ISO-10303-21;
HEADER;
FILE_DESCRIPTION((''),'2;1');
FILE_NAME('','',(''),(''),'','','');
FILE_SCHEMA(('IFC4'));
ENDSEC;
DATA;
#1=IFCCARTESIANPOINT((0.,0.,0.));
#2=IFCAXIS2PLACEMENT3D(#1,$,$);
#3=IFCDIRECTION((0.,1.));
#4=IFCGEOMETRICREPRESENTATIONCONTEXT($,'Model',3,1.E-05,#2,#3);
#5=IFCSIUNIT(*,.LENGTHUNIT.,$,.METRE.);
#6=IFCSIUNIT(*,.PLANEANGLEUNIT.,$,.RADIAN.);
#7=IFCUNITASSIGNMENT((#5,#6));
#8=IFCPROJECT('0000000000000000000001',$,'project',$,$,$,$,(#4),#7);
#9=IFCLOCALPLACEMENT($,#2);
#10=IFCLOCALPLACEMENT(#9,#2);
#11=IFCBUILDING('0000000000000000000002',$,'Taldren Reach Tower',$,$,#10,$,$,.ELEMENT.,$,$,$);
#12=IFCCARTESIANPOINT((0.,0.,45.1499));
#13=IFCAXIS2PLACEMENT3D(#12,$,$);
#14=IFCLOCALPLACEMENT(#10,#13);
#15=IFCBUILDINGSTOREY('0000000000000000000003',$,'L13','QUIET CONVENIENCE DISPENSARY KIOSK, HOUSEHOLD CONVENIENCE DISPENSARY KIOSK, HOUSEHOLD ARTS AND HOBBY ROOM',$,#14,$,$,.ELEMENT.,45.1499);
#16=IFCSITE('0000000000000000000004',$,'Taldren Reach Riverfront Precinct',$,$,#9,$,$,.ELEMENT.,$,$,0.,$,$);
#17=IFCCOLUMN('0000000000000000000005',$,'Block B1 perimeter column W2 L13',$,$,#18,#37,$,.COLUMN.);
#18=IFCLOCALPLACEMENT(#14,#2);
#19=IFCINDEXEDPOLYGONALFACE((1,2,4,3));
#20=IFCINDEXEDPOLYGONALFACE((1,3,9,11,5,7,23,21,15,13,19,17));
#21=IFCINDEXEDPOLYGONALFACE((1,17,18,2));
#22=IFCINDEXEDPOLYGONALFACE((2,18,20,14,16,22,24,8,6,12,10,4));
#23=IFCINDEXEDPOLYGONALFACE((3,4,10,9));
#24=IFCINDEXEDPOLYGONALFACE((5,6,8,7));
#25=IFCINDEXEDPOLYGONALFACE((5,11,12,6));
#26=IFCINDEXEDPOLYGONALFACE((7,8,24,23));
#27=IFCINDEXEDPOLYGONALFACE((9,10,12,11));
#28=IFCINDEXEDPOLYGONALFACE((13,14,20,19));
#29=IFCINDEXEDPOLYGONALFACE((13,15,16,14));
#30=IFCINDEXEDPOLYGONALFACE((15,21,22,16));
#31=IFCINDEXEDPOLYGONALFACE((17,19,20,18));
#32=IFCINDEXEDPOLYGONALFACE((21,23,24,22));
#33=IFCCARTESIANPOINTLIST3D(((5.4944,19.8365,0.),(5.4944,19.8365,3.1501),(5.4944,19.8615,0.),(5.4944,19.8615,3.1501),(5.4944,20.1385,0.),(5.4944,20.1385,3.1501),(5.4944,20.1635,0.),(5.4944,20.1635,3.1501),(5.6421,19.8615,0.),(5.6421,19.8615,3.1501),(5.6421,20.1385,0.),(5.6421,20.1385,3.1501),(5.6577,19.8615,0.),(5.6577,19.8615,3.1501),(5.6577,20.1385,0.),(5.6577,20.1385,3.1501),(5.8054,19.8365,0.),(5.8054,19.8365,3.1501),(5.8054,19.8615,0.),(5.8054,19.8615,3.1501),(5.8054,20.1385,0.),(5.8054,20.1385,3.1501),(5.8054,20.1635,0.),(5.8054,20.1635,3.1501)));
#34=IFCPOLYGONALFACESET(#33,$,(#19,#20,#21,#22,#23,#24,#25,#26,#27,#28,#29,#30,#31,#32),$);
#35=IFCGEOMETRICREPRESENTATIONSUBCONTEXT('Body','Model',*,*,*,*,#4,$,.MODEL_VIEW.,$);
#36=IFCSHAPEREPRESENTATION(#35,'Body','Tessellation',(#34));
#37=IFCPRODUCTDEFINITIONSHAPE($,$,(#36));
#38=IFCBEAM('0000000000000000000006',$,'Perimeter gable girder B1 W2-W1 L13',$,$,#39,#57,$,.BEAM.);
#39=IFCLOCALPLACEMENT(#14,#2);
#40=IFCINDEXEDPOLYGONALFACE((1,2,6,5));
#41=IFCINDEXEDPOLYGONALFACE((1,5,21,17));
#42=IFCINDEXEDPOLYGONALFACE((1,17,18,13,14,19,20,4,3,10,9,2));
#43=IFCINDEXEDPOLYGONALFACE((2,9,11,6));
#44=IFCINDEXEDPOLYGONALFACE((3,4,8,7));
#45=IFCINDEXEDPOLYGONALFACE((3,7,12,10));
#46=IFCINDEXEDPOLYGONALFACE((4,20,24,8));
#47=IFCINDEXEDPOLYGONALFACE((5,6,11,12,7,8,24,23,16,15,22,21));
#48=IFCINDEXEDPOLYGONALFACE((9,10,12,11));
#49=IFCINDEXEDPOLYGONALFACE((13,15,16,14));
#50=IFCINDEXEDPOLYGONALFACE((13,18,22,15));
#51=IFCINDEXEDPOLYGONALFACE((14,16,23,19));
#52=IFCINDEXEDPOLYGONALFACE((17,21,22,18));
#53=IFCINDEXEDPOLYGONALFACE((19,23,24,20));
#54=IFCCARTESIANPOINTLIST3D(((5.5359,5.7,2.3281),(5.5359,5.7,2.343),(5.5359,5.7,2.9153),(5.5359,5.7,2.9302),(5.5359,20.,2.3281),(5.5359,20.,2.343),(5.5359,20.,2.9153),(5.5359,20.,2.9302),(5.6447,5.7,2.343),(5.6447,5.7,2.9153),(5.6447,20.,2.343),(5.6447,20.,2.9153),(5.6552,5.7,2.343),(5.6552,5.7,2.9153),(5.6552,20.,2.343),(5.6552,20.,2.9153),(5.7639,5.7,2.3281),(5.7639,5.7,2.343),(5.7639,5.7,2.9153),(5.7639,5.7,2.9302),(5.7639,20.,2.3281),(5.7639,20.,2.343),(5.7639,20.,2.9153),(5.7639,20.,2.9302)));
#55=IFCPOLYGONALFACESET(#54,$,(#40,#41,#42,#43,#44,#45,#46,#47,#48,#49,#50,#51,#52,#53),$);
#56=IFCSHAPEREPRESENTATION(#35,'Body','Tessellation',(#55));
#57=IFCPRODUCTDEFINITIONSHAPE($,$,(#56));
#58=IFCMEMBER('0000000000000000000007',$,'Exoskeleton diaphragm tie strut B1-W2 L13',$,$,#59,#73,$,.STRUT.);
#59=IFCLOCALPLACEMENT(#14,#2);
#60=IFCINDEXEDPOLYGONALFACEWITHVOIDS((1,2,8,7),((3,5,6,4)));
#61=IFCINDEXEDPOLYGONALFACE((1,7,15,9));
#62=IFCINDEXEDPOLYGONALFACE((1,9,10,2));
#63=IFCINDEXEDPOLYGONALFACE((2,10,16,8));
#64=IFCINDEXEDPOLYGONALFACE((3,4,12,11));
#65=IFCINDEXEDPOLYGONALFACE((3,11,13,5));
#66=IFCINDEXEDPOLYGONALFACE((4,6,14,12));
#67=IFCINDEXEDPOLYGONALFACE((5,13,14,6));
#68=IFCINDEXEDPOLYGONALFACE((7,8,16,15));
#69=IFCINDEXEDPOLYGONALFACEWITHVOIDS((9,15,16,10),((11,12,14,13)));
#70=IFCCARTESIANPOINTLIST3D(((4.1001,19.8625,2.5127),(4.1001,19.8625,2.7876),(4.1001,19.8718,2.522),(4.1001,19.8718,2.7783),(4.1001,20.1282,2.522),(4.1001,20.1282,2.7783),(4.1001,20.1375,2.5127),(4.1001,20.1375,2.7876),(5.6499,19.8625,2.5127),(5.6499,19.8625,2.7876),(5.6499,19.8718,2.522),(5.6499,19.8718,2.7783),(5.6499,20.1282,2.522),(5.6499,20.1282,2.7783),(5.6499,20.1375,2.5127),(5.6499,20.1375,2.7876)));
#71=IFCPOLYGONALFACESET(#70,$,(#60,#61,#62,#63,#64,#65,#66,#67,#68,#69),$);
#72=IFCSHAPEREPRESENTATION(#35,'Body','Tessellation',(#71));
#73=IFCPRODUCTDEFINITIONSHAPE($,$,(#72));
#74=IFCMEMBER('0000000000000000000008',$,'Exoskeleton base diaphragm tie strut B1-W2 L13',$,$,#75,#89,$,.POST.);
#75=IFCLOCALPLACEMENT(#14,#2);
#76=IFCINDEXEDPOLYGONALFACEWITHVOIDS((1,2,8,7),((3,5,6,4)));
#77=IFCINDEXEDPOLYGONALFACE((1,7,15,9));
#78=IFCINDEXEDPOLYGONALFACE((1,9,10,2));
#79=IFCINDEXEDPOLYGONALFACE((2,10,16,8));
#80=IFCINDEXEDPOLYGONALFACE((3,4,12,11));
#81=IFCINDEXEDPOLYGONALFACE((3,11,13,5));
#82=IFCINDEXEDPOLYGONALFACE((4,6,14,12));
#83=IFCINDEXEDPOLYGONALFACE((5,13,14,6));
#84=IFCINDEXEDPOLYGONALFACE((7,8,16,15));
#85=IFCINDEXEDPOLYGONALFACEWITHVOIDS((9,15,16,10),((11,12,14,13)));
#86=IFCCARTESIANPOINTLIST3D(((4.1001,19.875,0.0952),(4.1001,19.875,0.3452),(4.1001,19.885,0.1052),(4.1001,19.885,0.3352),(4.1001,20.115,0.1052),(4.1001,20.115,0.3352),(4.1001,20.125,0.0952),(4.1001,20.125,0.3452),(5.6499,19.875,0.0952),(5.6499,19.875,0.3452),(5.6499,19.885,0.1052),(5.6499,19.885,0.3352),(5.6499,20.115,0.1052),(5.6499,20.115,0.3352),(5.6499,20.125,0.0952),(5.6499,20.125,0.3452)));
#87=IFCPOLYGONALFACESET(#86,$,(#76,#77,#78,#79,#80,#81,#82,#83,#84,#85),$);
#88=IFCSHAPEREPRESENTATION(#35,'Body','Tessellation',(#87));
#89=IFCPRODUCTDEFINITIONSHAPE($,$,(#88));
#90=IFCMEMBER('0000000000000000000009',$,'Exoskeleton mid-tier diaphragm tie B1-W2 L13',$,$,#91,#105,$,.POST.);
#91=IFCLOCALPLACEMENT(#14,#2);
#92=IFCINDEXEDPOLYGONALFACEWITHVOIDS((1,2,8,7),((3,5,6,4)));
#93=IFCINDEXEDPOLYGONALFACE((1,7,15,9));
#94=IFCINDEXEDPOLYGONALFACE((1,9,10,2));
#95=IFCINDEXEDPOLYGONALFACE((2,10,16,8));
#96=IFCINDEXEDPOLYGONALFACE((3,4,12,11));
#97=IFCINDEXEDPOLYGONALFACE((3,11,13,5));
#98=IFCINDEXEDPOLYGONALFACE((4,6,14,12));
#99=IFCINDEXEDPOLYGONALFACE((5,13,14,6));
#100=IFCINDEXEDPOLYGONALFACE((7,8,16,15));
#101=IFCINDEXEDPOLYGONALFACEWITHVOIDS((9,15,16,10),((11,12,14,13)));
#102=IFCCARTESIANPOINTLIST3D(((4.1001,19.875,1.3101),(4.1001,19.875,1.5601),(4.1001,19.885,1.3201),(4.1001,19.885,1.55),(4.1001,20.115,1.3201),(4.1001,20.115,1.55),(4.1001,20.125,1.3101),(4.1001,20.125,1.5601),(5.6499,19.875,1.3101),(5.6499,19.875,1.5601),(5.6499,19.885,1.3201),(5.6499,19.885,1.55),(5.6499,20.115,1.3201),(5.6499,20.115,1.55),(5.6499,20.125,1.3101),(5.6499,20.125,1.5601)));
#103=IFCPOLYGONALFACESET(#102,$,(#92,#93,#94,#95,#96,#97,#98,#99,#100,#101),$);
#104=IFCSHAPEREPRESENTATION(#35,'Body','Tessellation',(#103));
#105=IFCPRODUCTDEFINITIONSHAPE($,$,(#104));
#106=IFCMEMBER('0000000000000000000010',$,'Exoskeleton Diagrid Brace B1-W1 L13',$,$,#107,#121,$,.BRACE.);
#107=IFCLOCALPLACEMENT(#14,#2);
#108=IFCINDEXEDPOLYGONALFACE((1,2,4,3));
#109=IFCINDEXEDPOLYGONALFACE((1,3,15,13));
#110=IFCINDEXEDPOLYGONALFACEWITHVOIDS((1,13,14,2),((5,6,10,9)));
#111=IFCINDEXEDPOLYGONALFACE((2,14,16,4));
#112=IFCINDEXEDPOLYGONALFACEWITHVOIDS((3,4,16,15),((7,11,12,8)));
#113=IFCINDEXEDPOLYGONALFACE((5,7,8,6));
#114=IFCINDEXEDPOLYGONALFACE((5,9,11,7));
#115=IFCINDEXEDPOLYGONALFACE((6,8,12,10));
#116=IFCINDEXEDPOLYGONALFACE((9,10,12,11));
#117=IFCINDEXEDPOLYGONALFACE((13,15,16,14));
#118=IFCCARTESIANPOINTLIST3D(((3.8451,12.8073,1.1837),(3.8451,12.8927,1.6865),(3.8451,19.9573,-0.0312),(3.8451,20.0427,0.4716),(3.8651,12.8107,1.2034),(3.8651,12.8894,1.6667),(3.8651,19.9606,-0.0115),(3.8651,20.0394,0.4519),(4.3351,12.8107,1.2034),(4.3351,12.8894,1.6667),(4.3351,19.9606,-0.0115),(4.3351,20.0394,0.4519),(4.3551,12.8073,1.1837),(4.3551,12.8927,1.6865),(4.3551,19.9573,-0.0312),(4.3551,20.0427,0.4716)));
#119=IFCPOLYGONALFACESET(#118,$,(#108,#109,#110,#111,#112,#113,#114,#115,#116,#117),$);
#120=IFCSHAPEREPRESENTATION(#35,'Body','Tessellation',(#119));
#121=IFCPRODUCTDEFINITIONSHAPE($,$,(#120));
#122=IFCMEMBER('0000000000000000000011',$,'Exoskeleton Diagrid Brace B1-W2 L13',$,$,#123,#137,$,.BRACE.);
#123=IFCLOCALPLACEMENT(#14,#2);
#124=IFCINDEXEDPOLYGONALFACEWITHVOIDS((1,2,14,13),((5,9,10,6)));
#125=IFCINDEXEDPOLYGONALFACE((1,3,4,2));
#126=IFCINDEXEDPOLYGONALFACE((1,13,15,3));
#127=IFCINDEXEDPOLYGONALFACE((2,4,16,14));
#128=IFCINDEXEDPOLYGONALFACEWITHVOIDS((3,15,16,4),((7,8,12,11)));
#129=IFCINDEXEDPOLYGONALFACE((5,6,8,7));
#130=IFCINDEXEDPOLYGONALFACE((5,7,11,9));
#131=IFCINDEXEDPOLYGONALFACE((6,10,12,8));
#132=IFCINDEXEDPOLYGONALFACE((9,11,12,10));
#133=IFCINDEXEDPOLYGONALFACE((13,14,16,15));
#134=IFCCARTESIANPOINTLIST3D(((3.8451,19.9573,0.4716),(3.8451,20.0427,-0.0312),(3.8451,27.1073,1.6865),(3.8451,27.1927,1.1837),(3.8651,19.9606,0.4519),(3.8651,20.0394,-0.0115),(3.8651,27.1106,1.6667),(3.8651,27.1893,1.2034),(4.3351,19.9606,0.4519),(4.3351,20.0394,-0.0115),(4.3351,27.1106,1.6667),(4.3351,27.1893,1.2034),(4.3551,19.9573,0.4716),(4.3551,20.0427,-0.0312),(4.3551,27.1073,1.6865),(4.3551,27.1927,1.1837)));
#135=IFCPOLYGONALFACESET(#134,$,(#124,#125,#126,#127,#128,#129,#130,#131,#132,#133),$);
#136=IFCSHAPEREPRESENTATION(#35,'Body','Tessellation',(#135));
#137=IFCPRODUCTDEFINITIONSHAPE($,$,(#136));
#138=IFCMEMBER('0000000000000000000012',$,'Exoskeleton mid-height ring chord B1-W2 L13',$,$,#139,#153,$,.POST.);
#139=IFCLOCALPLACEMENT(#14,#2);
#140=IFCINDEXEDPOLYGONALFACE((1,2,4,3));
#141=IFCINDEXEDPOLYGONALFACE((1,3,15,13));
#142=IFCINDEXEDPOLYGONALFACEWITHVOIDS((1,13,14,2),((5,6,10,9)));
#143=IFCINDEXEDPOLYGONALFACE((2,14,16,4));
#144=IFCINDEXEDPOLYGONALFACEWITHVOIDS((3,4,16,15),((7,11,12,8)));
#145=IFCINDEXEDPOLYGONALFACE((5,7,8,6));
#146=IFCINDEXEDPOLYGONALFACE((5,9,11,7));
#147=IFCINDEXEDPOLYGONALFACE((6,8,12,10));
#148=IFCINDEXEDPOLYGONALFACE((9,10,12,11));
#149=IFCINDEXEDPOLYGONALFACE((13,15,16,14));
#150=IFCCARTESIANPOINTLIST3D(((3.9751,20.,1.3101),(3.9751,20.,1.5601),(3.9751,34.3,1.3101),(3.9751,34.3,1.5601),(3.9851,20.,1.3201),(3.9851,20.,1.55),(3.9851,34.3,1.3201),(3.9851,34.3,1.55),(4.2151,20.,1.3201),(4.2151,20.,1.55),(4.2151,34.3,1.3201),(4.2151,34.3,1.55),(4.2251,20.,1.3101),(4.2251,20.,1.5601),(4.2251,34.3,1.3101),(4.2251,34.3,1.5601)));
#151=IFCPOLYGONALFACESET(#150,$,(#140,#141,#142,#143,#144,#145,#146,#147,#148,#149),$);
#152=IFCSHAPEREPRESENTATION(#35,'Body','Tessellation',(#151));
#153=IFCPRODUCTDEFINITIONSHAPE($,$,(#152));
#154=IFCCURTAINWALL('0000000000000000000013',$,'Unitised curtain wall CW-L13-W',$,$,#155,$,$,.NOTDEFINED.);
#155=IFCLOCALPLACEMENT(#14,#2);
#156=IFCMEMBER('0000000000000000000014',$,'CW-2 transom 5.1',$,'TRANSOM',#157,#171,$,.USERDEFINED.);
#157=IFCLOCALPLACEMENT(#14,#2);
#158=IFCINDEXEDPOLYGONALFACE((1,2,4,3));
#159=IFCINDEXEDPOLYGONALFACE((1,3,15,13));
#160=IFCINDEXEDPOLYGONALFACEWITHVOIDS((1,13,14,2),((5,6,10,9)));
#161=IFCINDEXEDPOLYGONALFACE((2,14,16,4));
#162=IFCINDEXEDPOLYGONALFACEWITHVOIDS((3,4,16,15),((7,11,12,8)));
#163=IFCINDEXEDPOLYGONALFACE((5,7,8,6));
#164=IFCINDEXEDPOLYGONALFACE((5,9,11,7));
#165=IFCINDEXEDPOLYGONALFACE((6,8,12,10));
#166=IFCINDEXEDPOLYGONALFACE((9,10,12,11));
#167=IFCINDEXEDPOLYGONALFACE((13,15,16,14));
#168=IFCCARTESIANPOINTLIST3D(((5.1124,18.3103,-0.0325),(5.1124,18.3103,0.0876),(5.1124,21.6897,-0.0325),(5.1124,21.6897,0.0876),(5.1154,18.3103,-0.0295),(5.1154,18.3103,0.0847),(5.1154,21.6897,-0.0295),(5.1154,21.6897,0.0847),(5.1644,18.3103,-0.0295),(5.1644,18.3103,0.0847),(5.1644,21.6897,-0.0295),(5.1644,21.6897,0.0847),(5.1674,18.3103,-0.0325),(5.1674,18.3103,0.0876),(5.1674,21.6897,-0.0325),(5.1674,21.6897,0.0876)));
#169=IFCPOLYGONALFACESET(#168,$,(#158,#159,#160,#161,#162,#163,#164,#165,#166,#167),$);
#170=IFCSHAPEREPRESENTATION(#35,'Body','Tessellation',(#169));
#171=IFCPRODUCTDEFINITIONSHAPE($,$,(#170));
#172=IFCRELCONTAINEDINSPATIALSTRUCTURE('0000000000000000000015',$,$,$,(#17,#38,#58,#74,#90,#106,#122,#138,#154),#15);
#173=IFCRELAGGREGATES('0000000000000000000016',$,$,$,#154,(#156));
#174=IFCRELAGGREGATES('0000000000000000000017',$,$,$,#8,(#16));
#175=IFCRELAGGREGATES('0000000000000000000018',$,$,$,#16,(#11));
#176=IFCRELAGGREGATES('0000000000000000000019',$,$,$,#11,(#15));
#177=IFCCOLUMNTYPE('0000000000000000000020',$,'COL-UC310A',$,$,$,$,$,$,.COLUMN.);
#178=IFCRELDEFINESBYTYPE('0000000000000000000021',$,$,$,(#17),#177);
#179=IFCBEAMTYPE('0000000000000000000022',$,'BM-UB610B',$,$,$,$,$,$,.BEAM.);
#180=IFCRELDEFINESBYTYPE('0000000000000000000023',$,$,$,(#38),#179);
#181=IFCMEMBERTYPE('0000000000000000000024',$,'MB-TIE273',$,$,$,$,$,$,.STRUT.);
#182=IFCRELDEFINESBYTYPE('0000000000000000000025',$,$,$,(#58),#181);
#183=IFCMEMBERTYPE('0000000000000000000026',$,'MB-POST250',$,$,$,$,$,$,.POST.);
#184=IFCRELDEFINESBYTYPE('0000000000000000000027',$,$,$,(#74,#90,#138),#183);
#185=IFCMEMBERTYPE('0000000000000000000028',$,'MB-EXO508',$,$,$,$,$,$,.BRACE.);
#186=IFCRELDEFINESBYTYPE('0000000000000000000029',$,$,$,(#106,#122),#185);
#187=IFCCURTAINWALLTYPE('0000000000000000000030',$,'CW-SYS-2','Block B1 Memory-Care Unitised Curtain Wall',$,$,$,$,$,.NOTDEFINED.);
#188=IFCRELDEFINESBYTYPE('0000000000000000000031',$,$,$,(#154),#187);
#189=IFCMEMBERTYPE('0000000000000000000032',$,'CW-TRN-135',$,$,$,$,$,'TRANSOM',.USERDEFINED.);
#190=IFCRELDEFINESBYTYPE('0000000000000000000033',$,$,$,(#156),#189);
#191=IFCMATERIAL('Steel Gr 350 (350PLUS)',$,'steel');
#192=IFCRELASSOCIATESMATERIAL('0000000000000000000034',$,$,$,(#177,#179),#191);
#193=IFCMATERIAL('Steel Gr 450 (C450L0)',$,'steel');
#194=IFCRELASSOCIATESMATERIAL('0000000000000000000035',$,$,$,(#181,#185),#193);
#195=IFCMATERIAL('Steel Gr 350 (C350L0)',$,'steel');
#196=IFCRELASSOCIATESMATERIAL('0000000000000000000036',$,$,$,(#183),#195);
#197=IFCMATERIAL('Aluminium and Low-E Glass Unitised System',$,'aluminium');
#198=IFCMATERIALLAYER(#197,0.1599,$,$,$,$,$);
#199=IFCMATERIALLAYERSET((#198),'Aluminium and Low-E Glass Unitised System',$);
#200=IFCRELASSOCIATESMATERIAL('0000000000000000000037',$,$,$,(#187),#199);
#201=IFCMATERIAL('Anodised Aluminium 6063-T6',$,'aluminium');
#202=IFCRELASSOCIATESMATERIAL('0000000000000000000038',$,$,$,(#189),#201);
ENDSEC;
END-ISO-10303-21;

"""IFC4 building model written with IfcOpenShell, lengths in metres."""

from ifc_helpers import new_model, si_unit, direction, frame, origin, origin_2d, place, context, subcontext, project, spatial, hollow_rectangle, i_section, extrude, source, transform, mapped, material, layer, layer_set, material_profile, profile_set, type_object, element, aggregate, save


model = new_model("IFC4")

# Units and contexts
model_context = context("Model", 3, precision=1e-05, world=origin(), true_north=direction((0.0, 1.0)))
body_context = subcontext(model_context, "Body", "Model", "MODEL_VIEW")
ifc_project = project(units=[si_unit("LENGTHUNIT", "METRE"), si_unit("PLANEANGLEUNIT", "RADIAN")], contexts=[model_context])

# Site, building, storey
site_placement = place(None, origin())
site = spatial("IfcSite", under=ifc_project, at=site_placement, Name="Taldren Reach Riverfront Precinct", CompositionType="ELEMENT", RefElevation=0.0)
building_placement = place(site_placement, origin())
building = spatial("IfcBuilding", under=site, at=building_placement, Name="Taldren Reach Tower", CompositionType="ELEMENT")
storey_placement = place(building_placement, frame((0.0, 0.0, 45.1499)))
storey = spatial("IfcBuildingStorey", under=building, at=storey_placement, Name="L13", Description="QUIET CONVENIENCE DISPENSARY KIOSK, HOUSEHOLD CONVENIENCE DISPENSARY KIOSK, HOUSEHOLD ARTS AND HOBBY ROOM", CompositionType="ELEMENT", Elevation=45.1499)

# Column
ifc_material_1 = material(Name="Steel Gr 350 (350PLUS)", Category="steel")
ifc_material_profile_1 = material_profile(ifc_material_1, i_section(OverallWidth=0.311, OverallDepth=0.3269, WebThickness=0.0156, FlangeThickness=0.0249, at=origin_2d()), Name="310UC158")
ifc_profile_set_1 = profile_set([ifc_material_profile_1], Name="Steel Gr 350 (350PLUS)")
column_type = type_object("IfcColumnType", Name="COL-UC310A", PredefinedType="COLUMN", material=ifc_profile_set_1)
shared_shape_1 = source(origin(), body_context, "Body", "SweptSolid", [
    extrude(i_section(OverallWidth=0.311, OverallDepth=0.3269, WebThickness=0.0156, FlangeThickness=0.0249, at=origin_2d()), origin(), (0.0, 0.0, 1.0), 3.1501),
])
column_placement = place(storey_placement, frame((5.6499, 20.0, 0.0), z_axis=(0.0, 0.0, 1.0), x_axis=(1.0, 0.0, 0.0)))
element("IfcColumn", 1, at=column_placement, inside=storey, type_object=column_type, Name="Block B1 perimeter column W2 L13", PredefinedType="COLUMN", context=body_context, shape_type="MappedRepresentation", body=[
    mapped(shared_shape_1, transform((0.0, 0.0, 0.0), scale=1.0)),
])

# Beam
ifc_material_profile_2 = material_profile(ifc_material_1, i_section(OverallWidth=0.228, OverallDepth=0.6021, WebThickness=0.0105, FlangeThickness=0.0149, at=origin_2d()), Name="610UB101")
ifc_profile_set_2 = profile_set([ifc_material_profile_2], Name="Steel Gr 350 (350PLUS)")
beam_type = type_object("IfcBeamType", Name="BM-UB610B", PredefinedType="BEAM", material=ifc_profile_set_2)
shared_shape_2 = source(origin(), body_context, "Body", "SweptSolid", [
    extrude(i_section(OverallWidth=0.228, OverallDepth=0.6021, WebThickness=0.0105, FlangeThickness=0.0149, at=origin_2d()), origin(), (0.0, 0.0, 1.0), 14.3),
])
beam_placement = place(storey_placement, frame((5.6499, 20.0, 2.6292), z_axis=(0.0, -1.0, 0.0), x_axis=(1.0, 0.0, 0.0)))
element("IfcBeam", 2, at=beam_placement, inside=storey, type_object=beam_type, Name="Perimeter gable girder B1 W2-W1 L13", PredefinedType="BEAM", context=body_context, shape_type="MappedRepresentation", body=[
    mapped(shared_shape_2, transform((0.0, 0.0, 0.0), scale=1.0)),
])

# Members
ifc_material_2 = material(Name="Steel Gr 450 (C450L0)", Category="steel")
ifc_material_profile_3 = material_profile(ifc_material_2, hollow_rectangle(XDim=0.2749, YDim=0.2749, WallThickness=0.0093, at=origin_2d()), Name="275x275x9.3SHS")
ifc_profile_set_3 = profile_set([ifc_material_profile_3], Name="Steel Gr 450 (C450L0)")
member_type_1 = type_object("IfcMemberType", Name="MB-TIE273", PredefinedType="STRUT", material=ifc_profile_set_3)
shared_shape_3 = source(origin(), body_context, "Body", "SweptSolid", [
    extrude(hollow_rectangle(XDim=0.2749, YDim=0.2749, WallThickness=0.0093, at=origin_2d()), origin(), (0.0, 0.0, 1.0), 1.5498),
])
member_1_placement = place(storey_placement, frame((5.6499, 20.0, 2.6501), z_axis=(-1.0, 0.0, 0.0), x_axis=(0.0, -1.0, 0.0)))
element("IfcMember", 3, at=member_1_placement, inside=storey, type_object=member_type_1, Name="Exoskeleton diaphragm tie strut B1-W2 L13", PredefinedType="STRUT", context=body_context, shape_type="MappedRepresentation", body=[
    mapped(shared_shape_3, transform((0.0, 0.0, 0.0), scale=1.0)),
])
ifc_material_3 = material(Name="Steel Gr 350 (C350L0)", Category="steel")
ifc_material_profile_4 = material_profile(ifc_material_3, hollow_rectangle(XDim=0.25, YDim=0.25, WallThickness=0.01, at=origin_2d()), Name="250x250x10.0SHS")
ifc_profile_set_4 = profile_set([ifc_material_profile_4], Name="Steel Gr 350 (C350L0)")
member_type_2 = type_object("IfcMemberType", Name="MB-POST250", PredefinedType="POST", material=ifc_profile_set_4)
shared_shape_4 = source(origin(), body_context, "Body", "SweptSolid", [
    extrude(hollow_rectangle(XDim=0.25, YDim=0.25, WallThickness=0.01, at=origin_2d()), origin(), (0.0, 0.0, 1.0), 1.5498),
])
for number, where, z_axis, x_axis, name in (
    (4, (5.6499, 20.0, 0.2202), (-1.0, 0.0, 0.0), (0.0, -1.0, 0.0), "Exoskeleton base diaphragm tie strut B1-W2 L13"),
    (5, (5.6499, 20.0, 1.4351), (-1.0, 0.0, 0.0), (0.0, -1.0, 0.0), "Exoskeleton mid-tier diaphragm tie B1-W2 L13"),
):
    element("IfcMember", number, at=place(storey_placement, frame(where, z_axis=z_axis, x_axis=x_axis)), inside=storey, type_object=member_type_2, Name=name, PredefinedType="POST", context=body_context, shape_type="MappedRepresentation", body=[
        mapped(shared_shape_4, transform((0.0, 0.0, 0.0), scale=1.0)),
    ])
ifc_material_profile_5 = material_profile(ifc_material_2, hollow_rectangle(XDim=0.51, YDim=0.51, WallThickness=0.02, at=origin_2d()), Name="510x510x20.0SHS")
ifc_profile_set_5 = profile_set([ifc_material_profile_5], Name="Steel Gr 450 (C450L0)")
member_type_3 = type_object("IfcMemberType", Name="MB-EXO508", PredefinedType="BRACE", material=ifc_profile_set_5)
shared_shape_5 = source(origin(), body_context, "Body", "SweptSolid", [
    extrude(hollow_rectangle(XDim=0.51, YDim=0.51, WallThickness=0.02, at=origin_2d()), origin(), (0.0, 0.0, 1.0), 7.2524),
])
for number, where, z_axis, x_axis, name in (
    (6, (4.1001, 20.0, 0.2202), (0.0, -0.98587, 0.16751), (1.0, 0.0, 0.0), "Exoskeleton Diagrid Brace B1-W1 L13"),
    (7, (4.1001, 20.0, 0.2202), (0.0, 0.98587, 0.16751), (-1.0, 0.0, 0.0), "Exoskeleton Diagrid Brace B1-W2 L13"),
):
    element("IfcMember", number, at=place(storey_placement, frame(where, z_axis=z_axis, x_axis=x_axis)), inside=storey, type_object=member_type_3, Name=name, PredefinedType="BRACE", context=body_context, shape_type="MappedRepresentation", body=[
        mapped(shared_shape_5, transform((0.0, 0.0, 0.0), scale=1.0)),
    ])
shared_shape_6 = source(origin(), body_context, "Body", "SweptSolid", [
    extrude(hollow_rectangle(XDim=0.25, YDim=0.25, WallThickness=0.01, at=origin_2d()), origin(), (0.0, 0.0, 1.0), 14.3),
])
member_2_placement = place(storey_placement, frame((4.1001, 20.0, 1.4351), z_axis=(0.0, 1.0, 0.0), x_axis=(-1.0, 0.0, 0.0)))
element("IfcMember", 8, at=member_2_placement, inside=storey, type_object=member_type_2, Name="Exoskeleton mid-height ring chord B1-W2 L13", PredefinedType="POST", context=body_context, shape_type="MappedRepresentation", body=[
    mapped(shared_shape_6, transform((0.0, 0.0, 0.0), scale=1.0)),
])

# Curtain wall, member
ifc_material_4 = material(Name="Aluminium and Low-E Glass Unitised System", Category="aluminium")
ifc_layer_1 = layer(ifc_material_4, 0.1599)
ifc_layer_set_1 = layer_set([ifc_layer_1], Name="Aluminium and Low-E Glass Unitised System")
curtain_wall_type = type_object("IfcCurtainWallType", Name="CW-SYS-2", Description="Block B1 Memory-Care Unitised Curtain Wall", PredefinedType="NOTDEFINED", material=ifc_layer_set_1)
curtain_wall_placement = place(storey_placement, origin())
curtain_wall = element("IfcCurtainWall", 9, at=curtain_wall_placement, inside=storey, type_object=curtain_wall_type, Name="Unitised curtain wall CW-L13-W", PredefinedType="NOTDEFINED")
ifc_material_5 = material(Name="Anodised Aluminium 6063-T6", Category="aluminium")
ifc_material_profile_6 = material_profile(ifc_material_5, hollow_rectangle(XDim=0.0549, YDim=0.1201, WallThickness=0.0029, at=origin_2d()), Name="ALU-120x55x3RHS")
ifc_profile_set_6 = profile_set([ifc_material_profile_6], Name="Anodised Aluminium 6063-T6")
member_type_4 = type_object("IfcMemberType", Name="CW-TRN-135", ElementType="TRANSOM", PredefinedType="USERDEFINED", material=ifc_profile_set_6)
shared_shape_7 = source(origin(), body_context, "Body", "SweptSolid", [
    extrude(hollow_rectangle(XDim=0.0549, YDim=0.1201, WallThickness=0.0029, at=origin_2d()), origin(), (0.0, 0.0, 1.0), 3.3794),
])
member_3_placement = place(storey_placement, frame((5.1399, 21.6897, 0.0276), z_axis=(0.0, -1.0, 0.0), x_axis=(1.0, 0.0, 0.0)))
member_3 = element("IfcMember", 10, at=member_3_placement, type_object=member_type_4, Name="CW-2 transom 5.1", ObjectType="TRANSOM", PredefinedType="USERDEFINED", context=body_context, shape_type="MappedRepresentation", body=[
    mapped(shared_shape_7, transform((0.0, 0.0, 0.0), scale=1.0)),
])

aggregate(curtain_wall, [member_3])

save(model, "model.ifc")
